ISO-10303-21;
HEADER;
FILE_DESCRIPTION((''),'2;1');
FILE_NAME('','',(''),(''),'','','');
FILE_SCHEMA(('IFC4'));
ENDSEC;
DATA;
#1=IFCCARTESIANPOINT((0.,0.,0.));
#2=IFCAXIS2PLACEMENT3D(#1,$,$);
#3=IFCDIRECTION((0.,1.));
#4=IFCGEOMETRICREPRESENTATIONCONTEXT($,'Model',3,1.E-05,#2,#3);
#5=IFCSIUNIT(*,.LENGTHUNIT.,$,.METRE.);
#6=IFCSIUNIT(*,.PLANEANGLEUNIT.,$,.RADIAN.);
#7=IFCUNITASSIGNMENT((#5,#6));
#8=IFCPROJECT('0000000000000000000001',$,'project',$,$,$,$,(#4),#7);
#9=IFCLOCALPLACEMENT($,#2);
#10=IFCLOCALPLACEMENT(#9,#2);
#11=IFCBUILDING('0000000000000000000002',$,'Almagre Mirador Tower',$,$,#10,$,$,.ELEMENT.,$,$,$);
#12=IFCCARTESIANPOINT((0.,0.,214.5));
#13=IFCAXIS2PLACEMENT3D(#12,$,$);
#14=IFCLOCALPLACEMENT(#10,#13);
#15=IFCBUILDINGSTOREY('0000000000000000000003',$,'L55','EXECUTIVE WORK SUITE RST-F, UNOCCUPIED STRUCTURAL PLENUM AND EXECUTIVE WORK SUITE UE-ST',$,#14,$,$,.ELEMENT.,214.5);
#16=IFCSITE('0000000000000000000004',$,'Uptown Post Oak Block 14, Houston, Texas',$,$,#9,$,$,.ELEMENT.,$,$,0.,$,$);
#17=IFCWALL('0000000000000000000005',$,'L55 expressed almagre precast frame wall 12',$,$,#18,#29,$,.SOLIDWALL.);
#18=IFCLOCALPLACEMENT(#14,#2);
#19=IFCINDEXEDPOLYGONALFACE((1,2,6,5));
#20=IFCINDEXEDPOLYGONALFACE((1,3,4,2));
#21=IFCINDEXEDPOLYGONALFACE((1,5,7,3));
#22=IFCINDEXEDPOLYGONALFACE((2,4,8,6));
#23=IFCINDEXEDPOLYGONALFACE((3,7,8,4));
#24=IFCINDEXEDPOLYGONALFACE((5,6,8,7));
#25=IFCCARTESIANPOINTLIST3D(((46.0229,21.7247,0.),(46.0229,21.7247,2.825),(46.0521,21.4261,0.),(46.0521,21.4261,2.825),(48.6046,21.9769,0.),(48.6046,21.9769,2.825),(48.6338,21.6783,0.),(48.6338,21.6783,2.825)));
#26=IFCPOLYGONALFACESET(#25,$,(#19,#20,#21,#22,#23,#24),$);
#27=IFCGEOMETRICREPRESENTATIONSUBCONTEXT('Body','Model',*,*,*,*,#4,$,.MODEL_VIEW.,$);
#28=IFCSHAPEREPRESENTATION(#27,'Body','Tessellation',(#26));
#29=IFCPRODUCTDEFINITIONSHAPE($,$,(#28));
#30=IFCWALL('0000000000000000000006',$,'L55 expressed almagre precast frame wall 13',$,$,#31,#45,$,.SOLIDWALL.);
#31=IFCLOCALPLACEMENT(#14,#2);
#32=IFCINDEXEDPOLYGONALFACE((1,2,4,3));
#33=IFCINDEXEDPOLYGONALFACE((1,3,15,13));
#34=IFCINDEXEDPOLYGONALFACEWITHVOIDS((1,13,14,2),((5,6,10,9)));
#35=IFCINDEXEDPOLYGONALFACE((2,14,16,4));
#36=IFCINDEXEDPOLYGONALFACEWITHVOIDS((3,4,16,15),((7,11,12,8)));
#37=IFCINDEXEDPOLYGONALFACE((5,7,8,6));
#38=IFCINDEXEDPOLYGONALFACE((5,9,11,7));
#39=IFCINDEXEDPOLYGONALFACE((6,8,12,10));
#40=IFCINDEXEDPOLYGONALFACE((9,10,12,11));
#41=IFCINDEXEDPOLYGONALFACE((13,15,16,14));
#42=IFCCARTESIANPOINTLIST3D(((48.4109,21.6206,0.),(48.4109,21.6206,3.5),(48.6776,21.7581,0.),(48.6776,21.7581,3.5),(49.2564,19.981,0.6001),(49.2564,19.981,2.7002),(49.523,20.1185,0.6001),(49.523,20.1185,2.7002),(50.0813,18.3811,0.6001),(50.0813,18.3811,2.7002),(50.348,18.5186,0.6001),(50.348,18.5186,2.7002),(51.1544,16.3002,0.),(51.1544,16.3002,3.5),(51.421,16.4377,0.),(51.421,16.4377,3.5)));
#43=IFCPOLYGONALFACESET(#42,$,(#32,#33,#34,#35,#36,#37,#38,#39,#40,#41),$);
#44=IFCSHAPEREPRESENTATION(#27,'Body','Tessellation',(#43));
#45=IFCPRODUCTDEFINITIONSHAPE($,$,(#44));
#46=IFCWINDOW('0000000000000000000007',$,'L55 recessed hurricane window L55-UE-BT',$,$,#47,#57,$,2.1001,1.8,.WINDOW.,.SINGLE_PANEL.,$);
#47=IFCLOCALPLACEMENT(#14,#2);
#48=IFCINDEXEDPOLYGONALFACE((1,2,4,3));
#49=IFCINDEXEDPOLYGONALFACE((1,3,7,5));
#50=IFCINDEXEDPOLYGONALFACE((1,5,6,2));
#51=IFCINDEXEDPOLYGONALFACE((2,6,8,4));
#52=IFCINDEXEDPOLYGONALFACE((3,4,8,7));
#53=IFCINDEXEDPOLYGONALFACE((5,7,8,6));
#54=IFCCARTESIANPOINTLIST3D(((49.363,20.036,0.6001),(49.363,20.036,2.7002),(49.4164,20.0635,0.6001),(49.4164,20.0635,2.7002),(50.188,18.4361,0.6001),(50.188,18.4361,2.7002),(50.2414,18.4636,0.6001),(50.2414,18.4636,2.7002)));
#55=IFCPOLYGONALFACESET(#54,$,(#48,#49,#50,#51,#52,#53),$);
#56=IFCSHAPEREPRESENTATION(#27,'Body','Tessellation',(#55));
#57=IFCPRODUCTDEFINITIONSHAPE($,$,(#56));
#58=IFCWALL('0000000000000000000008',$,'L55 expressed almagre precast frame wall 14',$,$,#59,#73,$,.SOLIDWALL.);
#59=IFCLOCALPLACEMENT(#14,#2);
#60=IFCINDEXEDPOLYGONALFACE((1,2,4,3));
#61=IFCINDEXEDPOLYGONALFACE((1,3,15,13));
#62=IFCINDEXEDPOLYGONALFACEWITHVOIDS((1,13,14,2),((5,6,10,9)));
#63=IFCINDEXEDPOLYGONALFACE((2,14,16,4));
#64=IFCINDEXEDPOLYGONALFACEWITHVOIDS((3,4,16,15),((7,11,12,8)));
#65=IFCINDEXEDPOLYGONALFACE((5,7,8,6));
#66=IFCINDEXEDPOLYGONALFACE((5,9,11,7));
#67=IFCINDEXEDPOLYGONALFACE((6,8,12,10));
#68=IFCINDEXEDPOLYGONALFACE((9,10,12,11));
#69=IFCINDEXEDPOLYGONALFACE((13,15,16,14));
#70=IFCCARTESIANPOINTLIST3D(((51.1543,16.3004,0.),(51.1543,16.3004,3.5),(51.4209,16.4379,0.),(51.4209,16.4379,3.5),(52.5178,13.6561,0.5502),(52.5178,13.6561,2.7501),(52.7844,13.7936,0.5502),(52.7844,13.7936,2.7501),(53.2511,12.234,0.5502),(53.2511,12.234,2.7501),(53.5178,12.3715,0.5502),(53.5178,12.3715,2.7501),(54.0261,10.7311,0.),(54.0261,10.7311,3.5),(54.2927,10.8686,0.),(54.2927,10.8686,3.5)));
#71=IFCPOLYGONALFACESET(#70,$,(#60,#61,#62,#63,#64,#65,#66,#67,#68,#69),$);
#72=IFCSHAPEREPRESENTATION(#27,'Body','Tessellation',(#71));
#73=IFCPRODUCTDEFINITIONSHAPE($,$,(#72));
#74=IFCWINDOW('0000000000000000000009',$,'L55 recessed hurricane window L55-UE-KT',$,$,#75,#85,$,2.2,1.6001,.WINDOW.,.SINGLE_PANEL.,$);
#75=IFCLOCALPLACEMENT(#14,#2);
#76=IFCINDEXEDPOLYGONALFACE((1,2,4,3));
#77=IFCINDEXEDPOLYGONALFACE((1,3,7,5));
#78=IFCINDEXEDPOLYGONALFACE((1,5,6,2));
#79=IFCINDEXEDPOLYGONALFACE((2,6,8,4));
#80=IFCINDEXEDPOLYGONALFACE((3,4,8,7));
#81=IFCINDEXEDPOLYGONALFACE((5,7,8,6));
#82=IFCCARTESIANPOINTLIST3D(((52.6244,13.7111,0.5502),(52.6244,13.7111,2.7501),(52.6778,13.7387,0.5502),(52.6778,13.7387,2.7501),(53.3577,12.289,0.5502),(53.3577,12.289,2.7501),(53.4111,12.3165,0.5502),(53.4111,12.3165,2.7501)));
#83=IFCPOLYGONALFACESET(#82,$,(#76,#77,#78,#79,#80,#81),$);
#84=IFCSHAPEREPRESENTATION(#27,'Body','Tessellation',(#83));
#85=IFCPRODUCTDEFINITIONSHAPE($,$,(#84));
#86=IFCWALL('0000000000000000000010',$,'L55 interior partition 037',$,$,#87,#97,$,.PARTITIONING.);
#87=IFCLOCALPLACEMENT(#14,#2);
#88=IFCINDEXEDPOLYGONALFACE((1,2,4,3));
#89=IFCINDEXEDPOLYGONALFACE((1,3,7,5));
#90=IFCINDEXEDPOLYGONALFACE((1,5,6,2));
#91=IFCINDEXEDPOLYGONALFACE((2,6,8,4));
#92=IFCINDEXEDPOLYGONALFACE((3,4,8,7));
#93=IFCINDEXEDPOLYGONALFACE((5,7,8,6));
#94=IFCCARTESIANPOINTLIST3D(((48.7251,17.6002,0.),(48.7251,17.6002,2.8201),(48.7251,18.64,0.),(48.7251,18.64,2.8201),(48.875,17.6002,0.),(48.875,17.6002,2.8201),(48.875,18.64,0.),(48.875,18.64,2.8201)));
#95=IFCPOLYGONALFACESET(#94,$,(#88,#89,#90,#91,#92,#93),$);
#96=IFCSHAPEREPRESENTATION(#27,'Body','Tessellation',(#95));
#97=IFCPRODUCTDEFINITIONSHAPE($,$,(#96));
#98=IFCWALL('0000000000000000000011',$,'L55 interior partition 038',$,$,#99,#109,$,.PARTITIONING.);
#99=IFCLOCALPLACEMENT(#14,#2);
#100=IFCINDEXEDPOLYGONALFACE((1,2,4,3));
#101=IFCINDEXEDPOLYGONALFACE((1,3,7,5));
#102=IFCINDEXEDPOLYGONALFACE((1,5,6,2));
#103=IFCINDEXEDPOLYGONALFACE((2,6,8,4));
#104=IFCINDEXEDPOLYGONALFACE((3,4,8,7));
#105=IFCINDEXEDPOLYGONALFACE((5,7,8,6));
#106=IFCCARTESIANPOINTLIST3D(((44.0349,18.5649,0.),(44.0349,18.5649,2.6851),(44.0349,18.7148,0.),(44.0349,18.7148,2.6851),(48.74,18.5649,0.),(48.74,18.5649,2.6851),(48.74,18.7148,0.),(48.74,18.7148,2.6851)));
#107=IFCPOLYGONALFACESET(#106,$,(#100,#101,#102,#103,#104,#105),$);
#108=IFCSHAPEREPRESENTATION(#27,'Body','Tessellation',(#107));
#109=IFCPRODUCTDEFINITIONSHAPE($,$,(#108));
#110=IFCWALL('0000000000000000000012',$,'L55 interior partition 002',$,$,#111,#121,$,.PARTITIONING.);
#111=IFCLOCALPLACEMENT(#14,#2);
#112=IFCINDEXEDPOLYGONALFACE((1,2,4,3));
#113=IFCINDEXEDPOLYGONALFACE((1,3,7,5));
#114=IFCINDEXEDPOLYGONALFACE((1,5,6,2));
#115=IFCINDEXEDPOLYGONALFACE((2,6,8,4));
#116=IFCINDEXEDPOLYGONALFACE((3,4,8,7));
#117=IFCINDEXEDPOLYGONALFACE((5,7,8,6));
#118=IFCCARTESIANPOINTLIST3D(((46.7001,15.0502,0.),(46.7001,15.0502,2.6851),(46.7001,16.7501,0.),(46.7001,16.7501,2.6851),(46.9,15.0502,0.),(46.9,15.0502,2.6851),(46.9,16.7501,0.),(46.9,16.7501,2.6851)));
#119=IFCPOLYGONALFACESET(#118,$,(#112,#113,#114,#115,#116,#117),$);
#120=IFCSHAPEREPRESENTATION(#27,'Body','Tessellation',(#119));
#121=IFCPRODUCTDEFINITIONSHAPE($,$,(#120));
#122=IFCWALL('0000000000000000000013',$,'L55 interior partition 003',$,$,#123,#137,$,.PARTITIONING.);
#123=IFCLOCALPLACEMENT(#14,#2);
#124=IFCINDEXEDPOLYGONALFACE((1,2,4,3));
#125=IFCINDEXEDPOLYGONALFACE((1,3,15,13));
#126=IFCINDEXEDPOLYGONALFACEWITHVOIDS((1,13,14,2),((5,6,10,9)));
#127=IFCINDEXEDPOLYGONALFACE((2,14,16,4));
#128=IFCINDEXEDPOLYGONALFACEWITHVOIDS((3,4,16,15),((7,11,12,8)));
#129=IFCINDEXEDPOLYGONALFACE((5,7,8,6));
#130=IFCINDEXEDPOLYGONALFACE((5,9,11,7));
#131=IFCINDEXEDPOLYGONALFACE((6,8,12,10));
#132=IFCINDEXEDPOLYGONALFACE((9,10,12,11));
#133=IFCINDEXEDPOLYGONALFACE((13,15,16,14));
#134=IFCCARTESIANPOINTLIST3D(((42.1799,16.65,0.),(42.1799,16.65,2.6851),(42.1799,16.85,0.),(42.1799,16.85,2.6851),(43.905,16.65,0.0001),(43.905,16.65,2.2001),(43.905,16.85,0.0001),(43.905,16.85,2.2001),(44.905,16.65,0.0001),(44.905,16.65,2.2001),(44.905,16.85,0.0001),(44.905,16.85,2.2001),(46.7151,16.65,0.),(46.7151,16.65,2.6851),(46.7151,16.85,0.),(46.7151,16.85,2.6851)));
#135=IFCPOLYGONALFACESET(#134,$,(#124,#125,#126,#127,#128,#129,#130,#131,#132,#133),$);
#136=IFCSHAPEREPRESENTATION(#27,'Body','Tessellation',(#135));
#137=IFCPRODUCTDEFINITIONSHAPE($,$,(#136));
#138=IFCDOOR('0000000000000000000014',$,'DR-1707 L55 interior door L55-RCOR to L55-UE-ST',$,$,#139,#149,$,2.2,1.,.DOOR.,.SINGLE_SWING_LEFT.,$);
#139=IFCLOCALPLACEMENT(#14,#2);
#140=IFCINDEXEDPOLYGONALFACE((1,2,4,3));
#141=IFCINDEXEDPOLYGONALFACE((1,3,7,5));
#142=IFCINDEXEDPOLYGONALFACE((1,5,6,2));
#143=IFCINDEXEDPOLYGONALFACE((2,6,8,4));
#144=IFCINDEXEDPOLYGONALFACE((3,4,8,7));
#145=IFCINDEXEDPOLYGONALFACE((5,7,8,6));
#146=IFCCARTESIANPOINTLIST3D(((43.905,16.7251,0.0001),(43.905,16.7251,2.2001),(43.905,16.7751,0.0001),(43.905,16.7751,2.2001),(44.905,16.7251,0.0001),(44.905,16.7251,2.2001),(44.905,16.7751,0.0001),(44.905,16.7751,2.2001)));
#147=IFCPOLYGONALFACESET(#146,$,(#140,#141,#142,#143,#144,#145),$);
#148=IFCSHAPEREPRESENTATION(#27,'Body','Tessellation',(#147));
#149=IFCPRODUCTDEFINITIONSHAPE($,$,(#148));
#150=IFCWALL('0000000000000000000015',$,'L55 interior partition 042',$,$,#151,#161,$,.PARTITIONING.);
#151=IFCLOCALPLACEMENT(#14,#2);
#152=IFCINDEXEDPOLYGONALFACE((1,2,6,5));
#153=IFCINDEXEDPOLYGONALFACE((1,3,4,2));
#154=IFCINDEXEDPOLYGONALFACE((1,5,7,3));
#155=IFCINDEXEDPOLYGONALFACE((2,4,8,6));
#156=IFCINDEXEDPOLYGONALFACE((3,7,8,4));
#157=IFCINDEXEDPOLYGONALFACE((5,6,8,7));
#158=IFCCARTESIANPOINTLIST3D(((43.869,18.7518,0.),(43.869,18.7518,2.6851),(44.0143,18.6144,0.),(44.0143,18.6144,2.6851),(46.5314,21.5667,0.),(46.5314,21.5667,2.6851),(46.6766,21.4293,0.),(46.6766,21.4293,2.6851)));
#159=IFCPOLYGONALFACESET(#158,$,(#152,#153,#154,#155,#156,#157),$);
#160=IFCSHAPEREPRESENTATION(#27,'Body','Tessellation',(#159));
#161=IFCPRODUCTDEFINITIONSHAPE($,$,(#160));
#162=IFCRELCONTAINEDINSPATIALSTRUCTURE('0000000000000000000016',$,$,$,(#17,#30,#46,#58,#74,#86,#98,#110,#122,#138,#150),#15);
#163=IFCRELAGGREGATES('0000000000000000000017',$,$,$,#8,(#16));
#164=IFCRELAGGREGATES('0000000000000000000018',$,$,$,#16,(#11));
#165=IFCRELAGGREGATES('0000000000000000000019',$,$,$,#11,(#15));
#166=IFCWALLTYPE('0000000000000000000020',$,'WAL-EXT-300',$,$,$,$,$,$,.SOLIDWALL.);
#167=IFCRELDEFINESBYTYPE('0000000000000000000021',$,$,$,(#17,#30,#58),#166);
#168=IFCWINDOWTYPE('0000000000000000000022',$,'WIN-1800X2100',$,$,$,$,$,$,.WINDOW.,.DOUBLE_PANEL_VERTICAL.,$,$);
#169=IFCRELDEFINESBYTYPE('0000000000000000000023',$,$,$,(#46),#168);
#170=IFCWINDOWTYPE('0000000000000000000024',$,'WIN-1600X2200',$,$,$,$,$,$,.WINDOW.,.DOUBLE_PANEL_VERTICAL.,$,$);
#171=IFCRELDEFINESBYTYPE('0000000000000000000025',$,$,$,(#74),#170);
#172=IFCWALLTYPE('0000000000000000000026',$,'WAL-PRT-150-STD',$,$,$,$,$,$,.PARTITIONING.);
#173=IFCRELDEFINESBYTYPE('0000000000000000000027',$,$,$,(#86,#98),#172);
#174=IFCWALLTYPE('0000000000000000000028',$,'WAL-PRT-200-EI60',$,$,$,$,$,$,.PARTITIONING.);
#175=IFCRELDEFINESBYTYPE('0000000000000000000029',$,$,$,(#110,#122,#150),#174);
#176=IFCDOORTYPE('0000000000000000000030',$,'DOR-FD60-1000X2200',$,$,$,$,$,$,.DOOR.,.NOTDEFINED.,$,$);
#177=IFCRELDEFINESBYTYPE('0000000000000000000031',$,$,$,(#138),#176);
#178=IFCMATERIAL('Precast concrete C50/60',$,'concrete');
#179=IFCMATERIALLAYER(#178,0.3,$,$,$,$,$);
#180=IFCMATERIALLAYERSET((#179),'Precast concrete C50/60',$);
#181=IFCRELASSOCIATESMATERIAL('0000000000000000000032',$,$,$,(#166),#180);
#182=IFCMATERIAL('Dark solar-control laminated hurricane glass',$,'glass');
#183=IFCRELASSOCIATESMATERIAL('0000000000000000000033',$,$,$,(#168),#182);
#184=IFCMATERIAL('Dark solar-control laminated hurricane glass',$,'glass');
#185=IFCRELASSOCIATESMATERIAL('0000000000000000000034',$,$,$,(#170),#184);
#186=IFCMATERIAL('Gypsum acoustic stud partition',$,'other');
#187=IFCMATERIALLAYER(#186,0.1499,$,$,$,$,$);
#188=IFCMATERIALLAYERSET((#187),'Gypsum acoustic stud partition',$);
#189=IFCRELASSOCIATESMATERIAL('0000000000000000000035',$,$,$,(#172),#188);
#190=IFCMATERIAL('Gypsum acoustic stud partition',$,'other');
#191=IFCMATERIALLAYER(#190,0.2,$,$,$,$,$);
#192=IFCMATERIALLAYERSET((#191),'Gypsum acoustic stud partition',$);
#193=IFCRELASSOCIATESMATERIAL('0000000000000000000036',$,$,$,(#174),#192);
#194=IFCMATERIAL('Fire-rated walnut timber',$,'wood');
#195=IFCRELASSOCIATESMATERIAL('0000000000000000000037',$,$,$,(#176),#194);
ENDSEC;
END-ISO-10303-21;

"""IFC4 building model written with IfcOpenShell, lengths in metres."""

from ifc_helpers import new_model, si_unit, direction, frame, frame_2d, origin, place, context, subcontext, project, spatial, rectangle, extrude, material, layer, layer_set, type_object, element, fill, save


model = new_model("IFC4")

# Units and contexts
model_context = context("Model", 3, precision=1e-05, world=origin(), true_north=direction((0.0, 1.0)))
body_context = subcontext(model_context, "Body", "Model", "MODEL_VIEW")
ifc_project = project(units=[si_unit("LENGTHUNIT", "METRE"), si_unit("PLANEANGLEUNIT", "RADIAN")], contexts=[model_context])

# Site, building, storey
site_placement = place(None, origin())
site = spatial("IfcSite", under=ifc_project, at=site_placement, Name="Uptown Post Oak Block 14, Houston, Texas", CompositionType="ELEMENT", RefElevation=0.0)
building_placement = place(site_placement, origin())
building = spatial("IfcBuilding", under=site, at=building_placement, Name="Almagre Mirador Tower", CompositionType="ELEMENT")
storey_placement = place(building_placement, frame((0.0, 0.0, 214.5)))
storey = spatial("IfcBuildingStorey", under=building, at=storey_placement, Name="L55", Description="EXECUTIVE WORK SUITE RST-F, UNOCCUPIED STRUCTURAL PLENUM AND EXECUTIVE WORK SUITE UE-ST", CompositionType="ELEMENT", Elevation=214.5)

# Wall
ifc_material_1 = material(Name="Precast concrete C50/60", Category="concrete")
ifc_layer_1 = layer(ifc_material_1, 0.3)
ifc_layer_set_1 = layer_set([ifc_layer_1], Name="Precast concrete C50/60")
wall_type_1 = type_object("IfcWallType", Name="WAL-EXT-300", PredefinedType="SOLIDWALL", material=ifc_layer_set_1)
wall_1_placement = place(storey_placement, frame((46.0376, 21.5754, 0.0), z_axis=(0.0, 0.0, 1.0), x_axis=(0.995263, 0.09722, 0.0)))
element("IfcWall", 1, at=wall_1_placement, inside=storey, type_object=wall_type_1, Name="L55 expressed almagre precast frame wall 12", PredefinedType="SOLIDWALL", context=body_context, shape_type="SweptSolid", body=[
    extrude(rectangle(XDim=2.594, YDim=0.3, at=frame_2d((1.2969, 0.0))), origin(), (0.0, 0.0, 1.0), 2.825),
])

# Walls, openings, windows
wall_2_placement = place(storey_placement, frame((48.5442, 21.6895, 0.0), z_axis=(0.0, 0.0, 1.0), x_axis=(0.458305, -0.888795, 0.0)))
wall_2 = element("IfcWall", 2, at=wall_2_placement, inside=storey, type_object=wall_type_1, Name="L55 expressed almagre precast frame wall 13", PredefinedType="SOLIDWALL", context=body_context, shape_type="SweptSolid", body=[
    extrude(rectangle(XDim=5.9861, YDim=0.3, at=frame_2d((2.9932, 0.0))), origin(), (0.0, 0.0, 1.0), 3.5),
])
opening_1_placement = place(wall_2_placement, frame((1.845, 0.0, 0.6001)))
opening_1 = element("IfcOpeningElement", 3, at=opening_1_placement, cuts=wall_2, PredefinedType="OPENING", context=body_context, shape_type="SweptSolid", body=[
    extrude(rectangle(XDim=1.8, YDim=2.1001, at=frame_2d((0.8999, 1.05))), frame((0.0, 0.1599, 0.0), z_axis=(0.0, -1.0, 0.0), x_axis=(1.0, 0.0, 0.0)), (0.0, 0.0, 1.0), 0.32),
])
ifc_material_2 = material(Name="Dark solar-control laminated hurricane glass", Category="glass")
window_type_1 = type_object("IfcWindowType", Name="WIN-1800X2100", PartitioningType="DOUBLE_PANEL_VERTICAL", PredefinedType="WINDOW", material=ifc_material_2)
window_1_placement = place(opening_1_placement, origin())
window_1 = element("IfcWindow", 4, at=window_1_placement, inside=storey, type_object=window_type_1, Name="L55 recessed hurricane window L55-UE-BT", OverallHeight=2.1001, OverallWidth=1.8, PartitioningType="SINGLE_PANEL", PredefinedType="WINDOW", context=body_context, shape_type="SweptSolid", body=[
    extrude(rectangle(XDim=1.8, YDim=2.1001, at=frame_2d((0.8999, 1.05))), frame((0.0, 0.03, 0.0), z_axis=(0.0, -1.0, 0.0), x_axis=(1.0, 0.0, 0.0)), (0.0, 0.0, 1.0), 0.0601),
])
fill(opening_1, window_1)
wall_3_placement = place(storey_placement, frame((51.2876, 16.3691, 0.0), z_axis=(0.0, 0.0, 1.0), x_axis=(0.458306, -0.888794, 0.0)))
wall_3 = element("IfcWall", 5, at=wall_3_placement, inside=storey, type_object=wall_type_1, Name="L55 expressed almagre precast frame wall 14", PredefinedType="SOLIDWALL", context=body_context, shape_type="SweptSolid", body=[
    extrude(rectangle(XDim=6.2661, YDim=0.3, at=frame_2d((3.1331, 0.0))), origin(), (0.0, 0.0, 1.0), 3.5),
])
opening_2_placement = place(wall_3_placement, frame((2.9751, 0.0, 0.55)))
opening_2 = element("IfcOpeningElement", 6, at=opening_2_placement, cuts=wall_3, PredefinedType="OPENING", context=body_context, shape_type="SweptSolid", body=[
    extrude(rectangle(XDim=1.6001, YDim=2.2, at=frame_2d((0.8, 1.1001))), frame((0.0, 0.1599, 0.0), z_axis=(0.0, -1.0, 0.0), x_axis=(1.0, 0.0, 0.0)), (0.0, 0.0, 1.0), 0.32),
])
ifc_material_3 = material(Name="Dark solar-control laminated hurricane glass", Category="glass")
window_type_2 = type_object("IfcWindowType", Name="WIN-1600X2200", PartitioningType="DOUBLE_PANEL_VERTICAL", PredefinedType="WINDOW", material=ifc_material_3)
window_2_placement = place(opening_2_placement, origin())
window_2 = element("IfcWindow", 7, at=window_2_placement, inside=storey, type_object=window_type_2, Name="L55 recessed hurricane window L55-UE-KT", OverallHeight=2.2, OverallWidth=1.6001, PartitioningType="SINGLE_PANEL", PredefinedType="WINDOW", context=body_context, shape_type="SweptSolid", body=[
    extrude(rectangle(XDim=1.6001, YDim=2.2, at=frame_2d((0.8, 1.1001))), frame((0.0, 0.03, 0.0), z_axis=(0.0, -1.0, 0.0), x_axis=(1.0, 0.0, 0.0)), (0.0, 0.0, 1.0), 0.0601),
])
fill(opening_2, window_2)

# Walls
ifc_material_4 = material(Name="Gypsum acoustic stud partition", Category="other")
ifc_layer_2 = layer(ifc_material_4, 0.1499)
ifc_layer_set_2 = layer_set([ifc_layer_2], Name="Gypsum acoustic stud partition")
wall_type_2 = type_object("IfcWallType", Name="WAL-PRT-150-STD", PredefinedType="PARTITIONING", material=ifc_layer_set_2)
wall_4_placement = place(storey_placement, frame((48.8, 17.6001, 0.0), z_axis=(0.0, 0.0, 1.0), x_axis=(0.0, 1.0, 0.0)))
element("IfcWall", 8, at=wall_4_placement, inside=storey, type_object=wall_type_2, Name="L55 interior partition 037", PredefinedType="PARTITIONING", context=body_context, shape_type="SweptSolid", body=[
    extrude(rectangle(XDim=1.0398, YDim=0.1499, at=frame_2d((0.52, 0.0))), origin(), (0.0, 0.0, 1.0), 2.8201),
])
wall_5_placement = place(storey_placement, frame((48.74, 18.6399, 0.0), z_axis=(0.0, 0.0, 1.0), x_axis=(-1.0, 0.0, 0.0)))
element("IfcWall", 9, at=wall_5_placement, inside=storey, type_object=wall_type_2, Name="L55 interior partition 038", PredefinedType="PARTITIONING", context=body_context, shape_type="SweptSolid", body=[
    extrude(rectangle(XDim=4.7051, YDim=0.1499, at=frame_2d((2.3525, 0.0))), origin(), (0.0, 0.0, 1.0), 2.6851),
])
ifc_material_5 = material(Name="Gypsum acoustic stud partition", Category="other")
ifc_layer_3 = layer(ifc_material_5, 0.2)
ifc_layer_set_3 = layer_set([ifc_layer_3], Name="Gypsum acoustic stud partition")
wall_type_3 = type_object("IfcWallType", Name="WAL-PRT-200-EI60", PredefinedType="PARTITIONING", material=ifc_layer_set_3)
wall_6_placement = place(storey_placement, frame((46.8, 15.05, 0.0), z_axis=(0.0, 0.0, 1.0), x_axis=(0.0, 1.0, 0.0)))
element("IfcWall", 10, at=wall_6_placement, inside=storey, type_object=wall_type_3, Name="L55 interior partition 002", PredefinedType="PARTITIONING", context=body_context, shape_type="SweptSolid", body=[
    extrude(rectangle(XDim=1.7, YDim=0.2, at=frame_2d((0.8501, 0.0))), origin(), (0.0, 0.0, 1.0), 2.6851),
])

# Wall, opening, door
wall_7_placement = place(storey_placement, frame((46.7151, 16.75, 0.0), z_axis=(0.0, 0.0, 1.0), x_axis=(-1.0, 0.0, 0.0)))
wall_7 = element("IfcWall", 11, at=wall_7_placement, inside=storey, type_object=wall_type_3, Name="L55 interior partition 003", PredefinedType="PARTITIONING", context=body_context, shape_type="SweptSolid", body=[
    extrude(rectangle(XDim=4.5352, YDim=0.2, at=frame_2d((2.2676, 0.0))), origin(), (0.0, 0.0, 1.0), 2.6851),
])
opening_3_placement = place(wall_7_placement, frame((1.8101, 0.0, 0.0)))
opening_3 = element("IfcOpeningElement", 12, at=opening_3_placement, cuts=wall_7, PredefinedType="OPENING", context=body_context, shape_type="SweptSolid", body=[
    extrude(rectangle(XDim=1.0, YDim=2.2, at=frame_2d((0.5, 1.1001))), frame((0.0, 0.1101, 0.0), z_axis=(0.0, -1.0, 0.0), x_axis=(1.0, 0.0, 0.0)), (0.0, 0.0, 1.0), 0.22),
])
ifc_material_6 = material(Name="Fire-rated walnut timber", Category="wood")
door_type = type_object("IfcDoorType", Name="DOR-FD60-1000X2200", OperationType="NOTDEFINED", PredefinedType="DOOR", material=ifc_material_6)
door_placement = place(opening_3_placement, origin())
door = element("IfcDoor", 13, at=door_placement, inside=storey, type_object=door_type, Name="DR-1707 L55 interior door L55-RCOR to L55-UE-ST", OperationType="SINGLE_SWING_LEFT", OverallHeight=2.2, OverallWidth=1.0, PredefinedType="DOOR", context=body_context, shape_type="SweptSolid", body=[
    extrude(rectangle(XDim=1.0, YDim=2.2, at=frame_2d((0.5, 1.1001))), frame((0.0, 0.0249, 0.0), z_axis=(0.0, -1.0, 0.0), x_axis=(1.0, 0.0, 0.0)), (0.0, 0.0, 1.0), 0.05),
])
fill(opening_3, door)

# Wall
wall_8_placement = place(storey_placement, frame((46.604, 21.498, 0.0), z_axis=(0.0, 0.0, 1.0), x_axis=(-0.687141, -0.726524, 0.0)))
element("IfcWall", 14, at=wall_8_placement, inside=storey, type_object=wall_type_3, Name="L55 interior partition 042", PredefinedType="PARTITIONING", context=body_context, shape_type="SweptSolid", body=[
    extrude(rectangle(XDim=3.8745, YDim=0.2, at=frame_2d((1.9373, 0.0))), origin(), (0.0, 0.0, 1.0), 2.6851),
])

save(model, "model.ifc")
